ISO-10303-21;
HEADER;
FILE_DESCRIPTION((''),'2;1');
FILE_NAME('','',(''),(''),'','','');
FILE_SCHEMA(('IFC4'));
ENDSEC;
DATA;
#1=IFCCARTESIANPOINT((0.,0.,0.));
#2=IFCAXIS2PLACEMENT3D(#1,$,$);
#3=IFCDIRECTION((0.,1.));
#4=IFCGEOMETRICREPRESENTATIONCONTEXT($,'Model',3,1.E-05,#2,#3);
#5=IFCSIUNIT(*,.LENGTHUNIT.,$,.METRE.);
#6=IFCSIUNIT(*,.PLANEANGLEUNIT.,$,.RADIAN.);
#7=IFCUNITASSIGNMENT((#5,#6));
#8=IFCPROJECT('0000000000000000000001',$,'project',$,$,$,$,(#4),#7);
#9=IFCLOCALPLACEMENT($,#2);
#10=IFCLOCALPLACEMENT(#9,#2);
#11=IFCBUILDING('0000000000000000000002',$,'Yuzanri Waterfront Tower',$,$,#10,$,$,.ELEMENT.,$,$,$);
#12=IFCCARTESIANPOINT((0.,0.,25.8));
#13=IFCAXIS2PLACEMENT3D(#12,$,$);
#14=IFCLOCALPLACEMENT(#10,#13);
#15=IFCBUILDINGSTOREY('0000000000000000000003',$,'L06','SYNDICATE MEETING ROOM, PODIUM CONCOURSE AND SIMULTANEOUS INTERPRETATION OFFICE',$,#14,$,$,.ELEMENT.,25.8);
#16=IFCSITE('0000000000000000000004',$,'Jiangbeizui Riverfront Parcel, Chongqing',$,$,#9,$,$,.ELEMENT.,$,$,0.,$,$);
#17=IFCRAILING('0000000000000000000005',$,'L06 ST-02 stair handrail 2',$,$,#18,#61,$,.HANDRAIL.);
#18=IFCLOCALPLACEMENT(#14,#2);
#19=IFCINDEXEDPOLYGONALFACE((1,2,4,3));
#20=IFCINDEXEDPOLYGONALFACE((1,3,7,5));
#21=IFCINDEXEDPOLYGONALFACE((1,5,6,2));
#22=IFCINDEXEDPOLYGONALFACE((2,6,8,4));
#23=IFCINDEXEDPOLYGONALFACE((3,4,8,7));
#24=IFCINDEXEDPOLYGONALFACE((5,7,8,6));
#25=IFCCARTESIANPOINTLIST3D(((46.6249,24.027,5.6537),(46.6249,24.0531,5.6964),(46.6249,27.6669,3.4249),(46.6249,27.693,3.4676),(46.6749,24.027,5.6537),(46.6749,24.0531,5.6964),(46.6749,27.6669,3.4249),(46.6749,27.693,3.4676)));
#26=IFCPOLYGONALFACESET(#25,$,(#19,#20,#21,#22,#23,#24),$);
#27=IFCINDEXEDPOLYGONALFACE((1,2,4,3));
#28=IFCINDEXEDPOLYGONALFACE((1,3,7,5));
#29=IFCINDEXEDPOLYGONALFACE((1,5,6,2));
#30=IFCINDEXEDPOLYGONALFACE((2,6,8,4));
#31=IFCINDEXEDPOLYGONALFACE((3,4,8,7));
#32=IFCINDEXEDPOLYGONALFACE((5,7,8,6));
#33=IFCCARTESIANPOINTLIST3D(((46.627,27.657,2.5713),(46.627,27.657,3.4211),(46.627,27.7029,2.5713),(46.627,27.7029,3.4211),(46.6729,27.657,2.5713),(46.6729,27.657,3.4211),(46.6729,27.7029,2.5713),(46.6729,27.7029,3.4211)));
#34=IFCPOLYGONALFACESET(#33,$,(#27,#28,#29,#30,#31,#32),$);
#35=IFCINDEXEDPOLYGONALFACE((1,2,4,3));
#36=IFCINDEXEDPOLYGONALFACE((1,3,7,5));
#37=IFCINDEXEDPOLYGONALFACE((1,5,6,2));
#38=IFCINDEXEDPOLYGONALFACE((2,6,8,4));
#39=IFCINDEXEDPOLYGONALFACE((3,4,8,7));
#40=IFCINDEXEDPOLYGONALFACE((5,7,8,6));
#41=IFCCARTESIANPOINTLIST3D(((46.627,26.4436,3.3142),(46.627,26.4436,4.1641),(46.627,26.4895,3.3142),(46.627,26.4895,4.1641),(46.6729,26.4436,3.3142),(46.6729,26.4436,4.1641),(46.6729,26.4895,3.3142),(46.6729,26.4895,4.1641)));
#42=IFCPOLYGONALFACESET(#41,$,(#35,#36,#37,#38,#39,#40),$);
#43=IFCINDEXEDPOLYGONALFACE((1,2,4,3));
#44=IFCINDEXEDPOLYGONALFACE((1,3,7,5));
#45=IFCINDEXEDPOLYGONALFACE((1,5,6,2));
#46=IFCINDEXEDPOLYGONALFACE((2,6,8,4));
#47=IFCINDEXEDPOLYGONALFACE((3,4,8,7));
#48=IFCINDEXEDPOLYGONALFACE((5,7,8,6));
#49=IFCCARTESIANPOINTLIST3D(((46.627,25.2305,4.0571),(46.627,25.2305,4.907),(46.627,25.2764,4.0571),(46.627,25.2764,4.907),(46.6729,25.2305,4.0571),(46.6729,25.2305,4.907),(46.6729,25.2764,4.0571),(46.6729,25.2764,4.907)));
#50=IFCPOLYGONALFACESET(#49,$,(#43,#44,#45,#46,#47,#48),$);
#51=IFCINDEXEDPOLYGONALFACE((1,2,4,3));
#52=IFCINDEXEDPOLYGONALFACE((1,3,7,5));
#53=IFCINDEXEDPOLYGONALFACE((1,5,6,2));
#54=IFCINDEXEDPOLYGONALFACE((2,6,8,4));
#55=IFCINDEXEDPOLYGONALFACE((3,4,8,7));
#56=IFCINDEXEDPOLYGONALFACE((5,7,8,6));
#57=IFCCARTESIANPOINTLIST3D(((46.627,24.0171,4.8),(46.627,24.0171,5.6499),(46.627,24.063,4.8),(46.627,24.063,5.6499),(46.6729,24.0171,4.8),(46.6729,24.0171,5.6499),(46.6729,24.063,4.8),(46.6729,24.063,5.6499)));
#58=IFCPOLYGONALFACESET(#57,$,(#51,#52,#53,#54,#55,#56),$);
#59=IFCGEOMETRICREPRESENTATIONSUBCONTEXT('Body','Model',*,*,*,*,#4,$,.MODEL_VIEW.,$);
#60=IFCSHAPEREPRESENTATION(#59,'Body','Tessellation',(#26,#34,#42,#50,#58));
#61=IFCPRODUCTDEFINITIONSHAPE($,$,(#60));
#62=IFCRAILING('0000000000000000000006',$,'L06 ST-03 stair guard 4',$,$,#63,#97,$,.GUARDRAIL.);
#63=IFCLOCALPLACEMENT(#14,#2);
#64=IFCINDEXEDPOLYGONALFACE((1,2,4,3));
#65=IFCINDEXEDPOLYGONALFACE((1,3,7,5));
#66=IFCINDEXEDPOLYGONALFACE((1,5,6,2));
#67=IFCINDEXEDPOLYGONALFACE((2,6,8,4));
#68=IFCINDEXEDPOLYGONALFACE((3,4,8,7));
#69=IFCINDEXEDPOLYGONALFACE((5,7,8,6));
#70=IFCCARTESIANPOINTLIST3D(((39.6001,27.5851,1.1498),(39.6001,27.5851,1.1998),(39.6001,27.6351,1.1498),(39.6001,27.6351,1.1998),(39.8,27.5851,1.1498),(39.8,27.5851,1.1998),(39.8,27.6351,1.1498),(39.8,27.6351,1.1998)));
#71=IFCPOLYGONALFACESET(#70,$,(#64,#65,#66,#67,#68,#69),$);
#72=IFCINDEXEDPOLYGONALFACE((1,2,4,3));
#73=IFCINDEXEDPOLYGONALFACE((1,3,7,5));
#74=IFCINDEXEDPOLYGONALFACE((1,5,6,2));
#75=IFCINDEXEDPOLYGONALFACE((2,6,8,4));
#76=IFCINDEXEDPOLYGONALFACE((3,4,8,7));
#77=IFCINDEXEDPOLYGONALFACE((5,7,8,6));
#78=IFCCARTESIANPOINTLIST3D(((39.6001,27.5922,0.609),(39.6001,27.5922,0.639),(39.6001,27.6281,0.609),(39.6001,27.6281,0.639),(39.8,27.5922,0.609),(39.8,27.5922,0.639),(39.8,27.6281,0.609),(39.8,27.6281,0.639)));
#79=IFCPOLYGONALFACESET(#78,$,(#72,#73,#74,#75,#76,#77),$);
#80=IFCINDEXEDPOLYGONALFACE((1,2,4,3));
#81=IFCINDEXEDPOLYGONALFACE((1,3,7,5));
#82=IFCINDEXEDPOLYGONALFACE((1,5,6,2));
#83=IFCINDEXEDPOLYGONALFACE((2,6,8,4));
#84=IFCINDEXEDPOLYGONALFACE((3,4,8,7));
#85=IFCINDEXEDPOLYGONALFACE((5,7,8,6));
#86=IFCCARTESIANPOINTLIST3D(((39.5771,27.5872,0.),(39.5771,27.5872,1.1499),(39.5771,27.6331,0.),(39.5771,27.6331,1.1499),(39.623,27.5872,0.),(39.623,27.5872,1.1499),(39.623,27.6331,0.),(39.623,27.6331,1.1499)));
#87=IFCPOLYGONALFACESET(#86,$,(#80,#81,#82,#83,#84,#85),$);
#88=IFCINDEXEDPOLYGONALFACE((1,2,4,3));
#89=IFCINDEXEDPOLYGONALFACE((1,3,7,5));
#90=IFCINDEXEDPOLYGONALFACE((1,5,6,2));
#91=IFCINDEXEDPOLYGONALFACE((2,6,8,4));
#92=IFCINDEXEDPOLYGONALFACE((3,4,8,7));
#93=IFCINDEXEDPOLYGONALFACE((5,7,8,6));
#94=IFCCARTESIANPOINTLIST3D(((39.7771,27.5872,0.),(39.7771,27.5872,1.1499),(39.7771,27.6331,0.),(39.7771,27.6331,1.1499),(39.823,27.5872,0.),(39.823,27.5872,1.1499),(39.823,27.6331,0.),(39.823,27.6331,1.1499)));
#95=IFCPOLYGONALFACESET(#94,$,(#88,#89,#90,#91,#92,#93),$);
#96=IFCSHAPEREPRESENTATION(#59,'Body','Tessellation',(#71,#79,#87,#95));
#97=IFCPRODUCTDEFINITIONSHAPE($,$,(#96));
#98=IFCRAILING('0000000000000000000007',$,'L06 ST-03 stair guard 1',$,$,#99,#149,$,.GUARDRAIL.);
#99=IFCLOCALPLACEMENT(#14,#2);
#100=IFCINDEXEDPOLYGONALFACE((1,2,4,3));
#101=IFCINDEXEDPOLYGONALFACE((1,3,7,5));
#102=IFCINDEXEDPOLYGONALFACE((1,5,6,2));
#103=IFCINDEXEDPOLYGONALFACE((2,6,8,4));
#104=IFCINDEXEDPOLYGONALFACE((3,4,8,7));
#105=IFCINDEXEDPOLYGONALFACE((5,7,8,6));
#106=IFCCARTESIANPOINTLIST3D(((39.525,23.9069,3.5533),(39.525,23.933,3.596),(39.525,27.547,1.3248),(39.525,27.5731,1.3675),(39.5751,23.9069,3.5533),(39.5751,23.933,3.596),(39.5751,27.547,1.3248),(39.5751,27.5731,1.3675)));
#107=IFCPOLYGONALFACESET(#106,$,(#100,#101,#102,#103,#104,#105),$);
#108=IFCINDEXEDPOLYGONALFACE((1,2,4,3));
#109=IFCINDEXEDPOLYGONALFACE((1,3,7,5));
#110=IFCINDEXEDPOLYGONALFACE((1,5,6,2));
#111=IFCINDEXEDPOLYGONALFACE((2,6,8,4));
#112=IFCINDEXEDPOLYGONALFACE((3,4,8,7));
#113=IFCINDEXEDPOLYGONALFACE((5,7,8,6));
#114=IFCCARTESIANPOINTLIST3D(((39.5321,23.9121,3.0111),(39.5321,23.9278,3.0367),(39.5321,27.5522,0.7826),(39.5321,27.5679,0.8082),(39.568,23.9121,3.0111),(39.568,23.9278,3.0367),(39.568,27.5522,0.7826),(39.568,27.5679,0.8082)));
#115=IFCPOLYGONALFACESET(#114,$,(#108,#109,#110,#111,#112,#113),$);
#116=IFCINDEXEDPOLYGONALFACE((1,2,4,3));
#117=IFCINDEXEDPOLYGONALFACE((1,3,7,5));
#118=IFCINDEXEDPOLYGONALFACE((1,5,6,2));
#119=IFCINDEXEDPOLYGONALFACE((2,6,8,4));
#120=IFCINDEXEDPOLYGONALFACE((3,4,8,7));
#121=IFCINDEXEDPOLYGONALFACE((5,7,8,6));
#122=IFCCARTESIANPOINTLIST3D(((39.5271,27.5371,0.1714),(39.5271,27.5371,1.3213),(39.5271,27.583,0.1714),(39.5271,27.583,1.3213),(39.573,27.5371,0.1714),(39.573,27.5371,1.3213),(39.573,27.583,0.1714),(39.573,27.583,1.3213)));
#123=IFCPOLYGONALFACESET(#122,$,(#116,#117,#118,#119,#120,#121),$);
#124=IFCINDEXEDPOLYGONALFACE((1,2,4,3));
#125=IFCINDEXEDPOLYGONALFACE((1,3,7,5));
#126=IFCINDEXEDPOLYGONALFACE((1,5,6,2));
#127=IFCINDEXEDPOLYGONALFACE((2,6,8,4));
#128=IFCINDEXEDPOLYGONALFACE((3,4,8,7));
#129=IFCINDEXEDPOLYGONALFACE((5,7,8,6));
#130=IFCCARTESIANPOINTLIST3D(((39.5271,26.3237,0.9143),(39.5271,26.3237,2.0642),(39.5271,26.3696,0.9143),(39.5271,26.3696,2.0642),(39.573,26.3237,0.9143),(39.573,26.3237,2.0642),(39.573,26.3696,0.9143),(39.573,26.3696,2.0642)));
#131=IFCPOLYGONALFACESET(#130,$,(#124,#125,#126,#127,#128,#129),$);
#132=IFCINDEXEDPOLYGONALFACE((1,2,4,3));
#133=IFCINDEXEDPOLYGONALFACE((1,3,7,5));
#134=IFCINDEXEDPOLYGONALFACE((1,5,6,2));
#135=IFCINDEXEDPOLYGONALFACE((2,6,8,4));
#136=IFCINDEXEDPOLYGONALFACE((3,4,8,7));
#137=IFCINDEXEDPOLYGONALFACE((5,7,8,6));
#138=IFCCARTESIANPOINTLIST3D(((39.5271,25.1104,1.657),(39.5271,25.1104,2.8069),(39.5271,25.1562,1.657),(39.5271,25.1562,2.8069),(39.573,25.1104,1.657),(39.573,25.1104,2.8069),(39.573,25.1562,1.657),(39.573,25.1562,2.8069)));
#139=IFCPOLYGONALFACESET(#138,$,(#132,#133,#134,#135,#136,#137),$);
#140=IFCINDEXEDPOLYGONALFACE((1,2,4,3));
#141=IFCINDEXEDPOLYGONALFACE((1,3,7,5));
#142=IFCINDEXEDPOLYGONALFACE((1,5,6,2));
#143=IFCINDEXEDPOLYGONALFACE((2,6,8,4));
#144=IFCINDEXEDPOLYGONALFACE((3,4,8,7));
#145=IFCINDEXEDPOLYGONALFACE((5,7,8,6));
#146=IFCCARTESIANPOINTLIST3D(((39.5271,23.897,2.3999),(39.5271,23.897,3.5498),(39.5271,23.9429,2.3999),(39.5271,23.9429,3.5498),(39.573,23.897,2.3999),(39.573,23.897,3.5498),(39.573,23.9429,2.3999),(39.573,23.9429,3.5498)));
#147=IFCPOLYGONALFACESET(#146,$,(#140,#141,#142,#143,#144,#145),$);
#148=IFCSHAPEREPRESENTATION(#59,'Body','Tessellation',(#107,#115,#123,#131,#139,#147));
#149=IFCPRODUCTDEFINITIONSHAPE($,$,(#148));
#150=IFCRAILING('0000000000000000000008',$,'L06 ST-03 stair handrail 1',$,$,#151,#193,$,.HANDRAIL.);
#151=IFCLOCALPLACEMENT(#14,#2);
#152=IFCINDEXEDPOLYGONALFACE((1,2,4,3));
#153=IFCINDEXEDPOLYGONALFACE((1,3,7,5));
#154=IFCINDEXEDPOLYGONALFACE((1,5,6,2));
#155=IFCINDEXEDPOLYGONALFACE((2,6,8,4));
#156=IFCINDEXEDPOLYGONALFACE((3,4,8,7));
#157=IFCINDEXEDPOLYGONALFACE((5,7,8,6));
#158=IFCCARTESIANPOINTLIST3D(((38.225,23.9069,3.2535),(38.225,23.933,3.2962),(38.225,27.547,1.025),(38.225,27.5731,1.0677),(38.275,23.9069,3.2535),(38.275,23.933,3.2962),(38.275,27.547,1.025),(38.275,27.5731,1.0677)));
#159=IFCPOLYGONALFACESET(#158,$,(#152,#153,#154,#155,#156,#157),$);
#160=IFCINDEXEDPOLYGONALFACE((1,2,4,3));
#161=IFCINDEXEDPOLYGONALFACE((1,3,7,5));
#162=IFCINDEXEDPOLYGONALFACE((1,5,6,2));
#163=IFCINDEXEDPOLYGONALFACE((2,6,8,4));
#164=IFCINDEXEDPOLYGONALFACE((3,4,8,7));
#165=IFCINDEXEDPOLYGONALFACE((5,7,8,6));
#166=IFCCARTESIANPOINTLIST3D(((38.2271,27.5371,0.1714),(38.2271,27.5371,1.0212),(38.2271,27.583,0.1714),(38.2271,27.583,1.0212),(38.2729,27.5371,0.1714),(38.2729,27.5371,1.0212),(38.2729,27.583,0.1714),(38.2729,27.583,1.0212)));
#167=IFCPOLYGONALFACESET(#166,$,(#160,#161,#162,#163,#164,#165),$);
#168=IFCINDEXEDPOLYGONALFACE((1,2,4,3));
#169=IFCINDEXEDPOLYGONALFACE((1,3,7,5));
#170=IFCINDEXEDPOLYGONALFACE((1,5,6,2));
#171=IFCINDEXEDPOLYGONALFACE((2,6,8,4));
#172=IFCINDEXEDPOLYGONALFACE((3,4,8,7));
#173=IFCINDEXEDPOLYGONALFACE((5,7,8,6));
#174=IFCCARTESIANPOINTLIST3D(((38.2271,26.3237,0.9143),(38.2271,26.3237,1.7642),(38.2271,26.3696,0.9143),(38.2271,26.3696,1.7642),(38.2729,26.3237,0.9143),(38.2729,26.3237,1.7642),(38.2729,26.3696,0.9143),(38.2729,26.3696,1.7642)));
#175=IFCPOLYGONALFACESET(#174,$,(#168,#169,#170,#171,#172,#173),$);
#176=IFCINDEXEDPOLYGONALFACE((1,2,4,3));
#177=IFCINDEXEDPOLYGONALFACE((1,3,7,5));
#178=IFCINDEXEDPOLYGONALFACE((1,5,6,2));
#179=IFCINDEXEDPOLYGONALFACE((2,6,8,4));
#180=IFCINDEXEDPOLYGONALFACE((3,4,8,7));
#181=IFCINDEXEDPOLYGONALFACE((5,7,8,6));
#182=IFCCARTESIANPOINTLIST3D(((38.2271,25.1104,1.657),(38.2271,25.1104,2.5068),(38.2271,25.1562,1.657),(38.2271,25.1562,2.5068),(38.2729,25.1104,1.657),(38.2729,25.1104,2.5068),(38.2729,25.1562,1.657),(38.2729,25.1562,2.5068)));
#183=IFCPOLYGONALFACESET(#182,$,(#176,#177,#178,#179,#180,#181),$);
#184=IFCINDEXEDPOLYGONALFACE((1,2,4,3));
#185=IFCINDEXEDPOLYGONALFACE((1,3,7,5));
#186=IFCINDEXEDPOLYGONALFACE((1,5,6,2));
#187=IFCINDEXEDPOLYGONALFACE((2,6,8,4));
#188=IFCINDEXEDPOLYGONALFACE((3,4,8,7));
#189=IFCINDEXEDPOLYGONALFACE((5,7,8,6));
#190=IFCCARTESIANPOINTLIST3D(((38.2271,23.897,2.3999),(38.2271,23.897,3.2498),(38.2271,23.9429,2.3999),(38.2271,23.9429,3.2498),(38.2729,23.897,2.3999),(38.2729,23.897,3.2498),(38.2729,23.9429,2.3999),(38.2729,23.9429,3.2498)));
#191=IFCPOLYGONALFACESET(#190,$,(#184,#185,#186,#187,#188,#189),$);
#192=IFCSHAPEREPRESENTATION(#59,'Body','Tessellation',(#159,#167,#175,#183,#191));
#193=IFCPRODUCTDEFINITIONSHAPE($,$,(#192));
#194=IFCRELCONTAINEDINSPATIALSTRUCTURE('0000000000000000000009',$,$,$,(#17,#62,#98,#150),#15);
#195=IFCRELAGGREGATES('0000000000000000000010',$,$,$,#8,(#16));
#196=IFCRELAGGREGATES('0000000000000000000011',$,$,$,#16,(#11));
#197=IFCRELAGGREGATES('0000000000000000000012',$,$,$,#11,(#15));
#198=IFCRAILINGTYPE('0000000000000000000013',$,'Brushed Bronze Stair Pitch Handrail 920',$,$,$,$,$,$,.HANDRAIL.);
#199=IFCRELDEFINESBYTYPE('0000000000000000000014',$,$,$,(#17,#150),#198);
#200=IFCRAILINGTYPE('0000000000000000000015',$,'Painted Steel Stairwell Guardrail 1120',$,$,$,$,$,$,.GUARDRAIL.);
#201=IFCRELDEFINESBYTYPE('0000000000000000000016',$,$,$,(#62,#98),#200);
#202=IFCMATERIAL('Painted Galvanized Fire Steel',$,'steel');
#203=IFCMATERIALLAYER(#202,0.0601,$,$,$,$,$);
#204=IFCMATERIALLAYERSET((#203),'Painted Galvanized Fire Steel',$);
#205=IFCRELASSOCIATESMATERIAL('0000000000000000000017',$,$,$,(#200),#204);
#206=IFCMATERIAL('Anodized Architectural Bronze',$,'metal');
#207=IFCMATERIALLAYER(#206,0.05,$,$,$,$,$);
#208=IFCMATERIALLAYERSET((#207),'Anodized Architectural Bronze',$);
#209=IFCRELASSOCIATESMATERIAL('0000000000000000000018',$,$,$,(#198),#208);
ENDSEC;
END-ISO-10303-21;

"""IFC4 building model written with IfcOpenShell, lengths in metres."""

from ifc_helpers import new_model, si_unit, direction, frame, origin, origin_2d, place, context, subcontext, project, spatial, rectangle, extrude, source, transform, mapped, material, layer, layer_set, type_object, element, save


model = new_model("IFC4")

# Units and contexts
model_context = context("Model", 3, precision=1e-05, world=origin(), true_north=direction((0.0, 1.0)))
body_context = subcontext(model_context, "Body", "Model", "MODEL_VIEW")
ifc_project = project(units=[si_unit("LENGTHUNIT", "METRE"), si_unit("PLANEANGLEUNIT", "RADIAN")], contexts=[model_context])

# Site, building, storey
site_placement = place(None, origin())
site = spatial("IfcSite", under=ifc_project, at=site_placement, Name="Jiangbeizui Riverfront Parcel, Chongqing", CompositionType="ELEMENT", RefElevation=0.0)
building_placement = place(site_placement, origin())
building = spatial("IfcBuilding", under=site, at=building_placement, Name="Yuzanri Waterfront Tower", CompositionType="ELEMENT")
storey_placement = place(building_placement, frame((0.0, 0.0, 25.8)))
storey = spatial("IfcBuildingStorey", under=building, at=storey_placement, Name="L06", Description="SYNDICATE MEETING ROOM, PODIUM CONCOURSE AND SIMULTANEOUS INTERPRETATION OFFICE", CompositionType="ELEMENT", Elevation=25.8)

# Railings
ifc_material_1 = material(Name="Painted Galvanized Fire Steel", Category="steel")
ifc_layer_1 = layer(ifc_material_1, 0.0601)
ifc_layer_set_1 = layer_set([ifc_layer_1], Name="Painted Galvanized Fire Steel")
railing_type_1 = type_object("IfcRailingType", Name="Painted Steel Stairwell Guardrail 1120", PredefinedType="GUARDRAIL", material=ifc_layer_set_1)
ifc_material_2 = material(Name="Anodized Architectural Bronze", Category="metal")
ifc_layer_2 = layer(ifc_material_2, 0.05)
ifc_layer_set_2 = layer_set([ifc_layer_2], Name="Anodized Architectural Bronze")
railing_type_2 = type_object("IfcRailingType", Name="Brushed Bronze Stair Pitch Handrail 920", PredefinedType="HANDRAIL", material=ifc_layer_set_2)
shared_shape_1 = source(origin(), body_context, "Body", "SweptSolid", [
    extrude(rectangle(XDim=0.05, YDim=0.05, at=origin_2d()), frame((0.0, 0.0, 0.875), z_axis=(0.0, -0.852825, 0.522197), x_axis=(1.0, 0.0, 0.0)), (0.0, 0.0, 1.0), 4.2681),
    extrude(rectangle(XDim=0.0459, YDim=0.0459, at=origin_2d()), origin(), (0.0, 0.0, 1.0), 0.8499),
    extrude(rectangle(XDim=0.0459, YDim=0.0459, at=origin_2d()), frame((0.0, -1.2134, 0.7429)), (0.0, 0.0, 1.0), 0.8499),
    extrude(rectangle(XDim=0.0459, YDim=0.0459, at=origin_2d()), frame((0.0, -2.4265, 1.4858)), (0.0, 0.0, 1.0), 0.8499),
    extrude(rectangle(XDim=0.0459, YDim=0.0459, at=origin_2d()), frame((0.0, -3.6399, 2.2288)), (0.0, 0.0, 1.0), 0.8499),
])
railing_1_placement = place(storey_placement, frame((46.6499, 27.6799, 2.5713)))
element("IfcRailing", 1, at=railing_1_placement, inside=storey, type_object=railing_type_2, Name="L06 ST-02 stair handrail 2", PredefinedType="HANDRAIL", context=body_context, shape_type="MappedRepresentation", body=[
    mapped(shared_shape_1, transform((0.0, 0.0, 0.0), scale=1.0)),
])
shared_shape_2 = source(origin(), body_context, "Body", "SweptSolid", [
    extrude(rectangle(XDim=0.05, YDim=0.05, at=origin_2d()), frame((0.0, 0.0, 1.1748), z_axis=(1.0, 0.0, 0.0), x_axis=(0.0, 1.0, 0.0)), (0.0, 0.0, 1.0), 0.2),
    extrude(rectangle(XDim=0.0359, YDim=0.03, at=origin_2d()), frame((0.0, 0.0, 0.624), z_axis=(1.0, 0.0, 0.0), x_axis=(0.0, 1.0, 0.0)), (0.0, 0.0, 1.0), 0.2),
    extrude(rectangle(XDim=0.0459, YDim=0.0459, at=origin_2d()), origin(), (0.0, 0.0, 1.0), 1.1499),
    extrude(rectangle(XDim=0.0459, YDim=0.0459, at=origin_2d()), frame((0.2, 0.0, 0.0)), (0.0, 0.0, 1.0), 1.1499),
])
railing_2_placement = place(storey_placement, frame((39.6001, 27.6101, 0.0)))
element("IfcRailing", 2, at=railing_2_placement, inside=storey, type_object=railing_type_1, Name="L06 ST-03 stair guard 4", PredefinedType="GUARDRAIL", context=body_context, shape_type="MappedRepresentation", body=[
    mapped(shared_shape_2, transform((0.0, 0.0, 0.0), scale=1.0)),
])
shared_shape_3 = source(origin(), body_context, "Body", "SweptSolid", [
    extrude(rectangle(XDim=0.05, YDim=0.05, at=origin_2d()), frame((0.0, 0.0, 1.1748), z_axis=(0.0, -0.852866, 0.52213), x_axis=(1.0, 0.0, 0.0)), (0.0, 0.0, 1.0), 4.2681),
    extrude(rectangle(XDim=0.0359, YDim=0.03, at=origin_2d()), frame((0.0, 0.0, 0.624), z_axis=(0.0, -0.852866, 0.52213), x_axis=(1.0, 0.0, 0.0)), (0.0, 0.0, 1.0), 4.2681),
    extrude(rectangle(XDim=0.0459, YDim=0.0459, at=origin_2d()), origin(), (0.0, 0.0, 1.0), 1.1499),
    extrude(rectangle(XDim=0.0459, YDim=0.0459, at=origin_2d()), frame((0.0, -1.2134, 0.7429)), (0.0, 0.0, 1.0), 1.1499),
    extrude(rectangle(XDim=0.0459, YDim=0.0459, at=origin_2d()), frame((0.0, -2.4268, 1.4856)), (0.0, 0.0, 1.0), 1.1499),
    extrude(rectangle(XDim=0.0459, YDim=0.0459, at=origin_2d()), frame((0.0, -3.6401, 2.2285)), (0.0, 0.0, 1.0), 1.1499),
])
railing_3_placement = place(storey_placement, frame((39.55, 27.5601, 0.1714)))
element("IfcRailing", 3, at=railing_3_placement, inside=storey, type_object=railing_type_1, Name="L06 ST-03 stair guard 1", PredefinedType="GUARDRAIL", context=body_context, shape_type="MappedRepresentation", body=[
    mapped(shared_shape_3, transform((0.0, 0.0, 0.0), scale=1.0)),
])
shared_shape_4 = source(origin(), body_context, "Body", "SweptSolid", [
    extrude(rectangle(XDim=0.05, YDim=0.05, at=origin_2d()), frame((0.0, 0.0, 0.875), z_axis=(0.0, -0.852866, 0.52213), x_axis=(1.0, 0.0, 0.0)), (0.0, 0.0, 1.0), 4.2681),
    extrude(rectangle(XDim=0.0459, YDim=0.0459, at=origin_2d()), origin(), (0.0, 0.0, 1.0), 0.8499),
    extrude(rectangle(XDim=0.0459, YDim=0.0459, at=origin_2d()), frame((0.0, -1.2134, 0.7429)), (0.0, 0.0, 1.0), 0.8499),
    extrude(rectangle(XDim=0.0459, YDim=0.0459, at=origin_2d()), frame((0.0, -2.4268, 1.4856)), (0.0, 0.0, 1.0), 0.8499),
    extrude(rectangle(XDim=0.0459, YDim=0.0459, at=origin_2d()), frame((0.0, -3.6401, 2.2285)), (0.0, 0.0, 1.0), 0.8499),
])
railing_4_placement = place(storey_placement, frame((38.25, 27.5601, 0.1714)))
element("IfcRailing", 4, at=railing_4_placement, inside=storey, type_object=railing_type_2, Name="L06 ST-03 stair handrail 1", PredefinedType="HANDRAIL", context=body_context, shape_type="MappedRepresentation", body=[
    mapped(shared_shape_4, transform((0.0, 0.0, 0.0), scale=1.0)),
])

save(model, "model.ifc")
